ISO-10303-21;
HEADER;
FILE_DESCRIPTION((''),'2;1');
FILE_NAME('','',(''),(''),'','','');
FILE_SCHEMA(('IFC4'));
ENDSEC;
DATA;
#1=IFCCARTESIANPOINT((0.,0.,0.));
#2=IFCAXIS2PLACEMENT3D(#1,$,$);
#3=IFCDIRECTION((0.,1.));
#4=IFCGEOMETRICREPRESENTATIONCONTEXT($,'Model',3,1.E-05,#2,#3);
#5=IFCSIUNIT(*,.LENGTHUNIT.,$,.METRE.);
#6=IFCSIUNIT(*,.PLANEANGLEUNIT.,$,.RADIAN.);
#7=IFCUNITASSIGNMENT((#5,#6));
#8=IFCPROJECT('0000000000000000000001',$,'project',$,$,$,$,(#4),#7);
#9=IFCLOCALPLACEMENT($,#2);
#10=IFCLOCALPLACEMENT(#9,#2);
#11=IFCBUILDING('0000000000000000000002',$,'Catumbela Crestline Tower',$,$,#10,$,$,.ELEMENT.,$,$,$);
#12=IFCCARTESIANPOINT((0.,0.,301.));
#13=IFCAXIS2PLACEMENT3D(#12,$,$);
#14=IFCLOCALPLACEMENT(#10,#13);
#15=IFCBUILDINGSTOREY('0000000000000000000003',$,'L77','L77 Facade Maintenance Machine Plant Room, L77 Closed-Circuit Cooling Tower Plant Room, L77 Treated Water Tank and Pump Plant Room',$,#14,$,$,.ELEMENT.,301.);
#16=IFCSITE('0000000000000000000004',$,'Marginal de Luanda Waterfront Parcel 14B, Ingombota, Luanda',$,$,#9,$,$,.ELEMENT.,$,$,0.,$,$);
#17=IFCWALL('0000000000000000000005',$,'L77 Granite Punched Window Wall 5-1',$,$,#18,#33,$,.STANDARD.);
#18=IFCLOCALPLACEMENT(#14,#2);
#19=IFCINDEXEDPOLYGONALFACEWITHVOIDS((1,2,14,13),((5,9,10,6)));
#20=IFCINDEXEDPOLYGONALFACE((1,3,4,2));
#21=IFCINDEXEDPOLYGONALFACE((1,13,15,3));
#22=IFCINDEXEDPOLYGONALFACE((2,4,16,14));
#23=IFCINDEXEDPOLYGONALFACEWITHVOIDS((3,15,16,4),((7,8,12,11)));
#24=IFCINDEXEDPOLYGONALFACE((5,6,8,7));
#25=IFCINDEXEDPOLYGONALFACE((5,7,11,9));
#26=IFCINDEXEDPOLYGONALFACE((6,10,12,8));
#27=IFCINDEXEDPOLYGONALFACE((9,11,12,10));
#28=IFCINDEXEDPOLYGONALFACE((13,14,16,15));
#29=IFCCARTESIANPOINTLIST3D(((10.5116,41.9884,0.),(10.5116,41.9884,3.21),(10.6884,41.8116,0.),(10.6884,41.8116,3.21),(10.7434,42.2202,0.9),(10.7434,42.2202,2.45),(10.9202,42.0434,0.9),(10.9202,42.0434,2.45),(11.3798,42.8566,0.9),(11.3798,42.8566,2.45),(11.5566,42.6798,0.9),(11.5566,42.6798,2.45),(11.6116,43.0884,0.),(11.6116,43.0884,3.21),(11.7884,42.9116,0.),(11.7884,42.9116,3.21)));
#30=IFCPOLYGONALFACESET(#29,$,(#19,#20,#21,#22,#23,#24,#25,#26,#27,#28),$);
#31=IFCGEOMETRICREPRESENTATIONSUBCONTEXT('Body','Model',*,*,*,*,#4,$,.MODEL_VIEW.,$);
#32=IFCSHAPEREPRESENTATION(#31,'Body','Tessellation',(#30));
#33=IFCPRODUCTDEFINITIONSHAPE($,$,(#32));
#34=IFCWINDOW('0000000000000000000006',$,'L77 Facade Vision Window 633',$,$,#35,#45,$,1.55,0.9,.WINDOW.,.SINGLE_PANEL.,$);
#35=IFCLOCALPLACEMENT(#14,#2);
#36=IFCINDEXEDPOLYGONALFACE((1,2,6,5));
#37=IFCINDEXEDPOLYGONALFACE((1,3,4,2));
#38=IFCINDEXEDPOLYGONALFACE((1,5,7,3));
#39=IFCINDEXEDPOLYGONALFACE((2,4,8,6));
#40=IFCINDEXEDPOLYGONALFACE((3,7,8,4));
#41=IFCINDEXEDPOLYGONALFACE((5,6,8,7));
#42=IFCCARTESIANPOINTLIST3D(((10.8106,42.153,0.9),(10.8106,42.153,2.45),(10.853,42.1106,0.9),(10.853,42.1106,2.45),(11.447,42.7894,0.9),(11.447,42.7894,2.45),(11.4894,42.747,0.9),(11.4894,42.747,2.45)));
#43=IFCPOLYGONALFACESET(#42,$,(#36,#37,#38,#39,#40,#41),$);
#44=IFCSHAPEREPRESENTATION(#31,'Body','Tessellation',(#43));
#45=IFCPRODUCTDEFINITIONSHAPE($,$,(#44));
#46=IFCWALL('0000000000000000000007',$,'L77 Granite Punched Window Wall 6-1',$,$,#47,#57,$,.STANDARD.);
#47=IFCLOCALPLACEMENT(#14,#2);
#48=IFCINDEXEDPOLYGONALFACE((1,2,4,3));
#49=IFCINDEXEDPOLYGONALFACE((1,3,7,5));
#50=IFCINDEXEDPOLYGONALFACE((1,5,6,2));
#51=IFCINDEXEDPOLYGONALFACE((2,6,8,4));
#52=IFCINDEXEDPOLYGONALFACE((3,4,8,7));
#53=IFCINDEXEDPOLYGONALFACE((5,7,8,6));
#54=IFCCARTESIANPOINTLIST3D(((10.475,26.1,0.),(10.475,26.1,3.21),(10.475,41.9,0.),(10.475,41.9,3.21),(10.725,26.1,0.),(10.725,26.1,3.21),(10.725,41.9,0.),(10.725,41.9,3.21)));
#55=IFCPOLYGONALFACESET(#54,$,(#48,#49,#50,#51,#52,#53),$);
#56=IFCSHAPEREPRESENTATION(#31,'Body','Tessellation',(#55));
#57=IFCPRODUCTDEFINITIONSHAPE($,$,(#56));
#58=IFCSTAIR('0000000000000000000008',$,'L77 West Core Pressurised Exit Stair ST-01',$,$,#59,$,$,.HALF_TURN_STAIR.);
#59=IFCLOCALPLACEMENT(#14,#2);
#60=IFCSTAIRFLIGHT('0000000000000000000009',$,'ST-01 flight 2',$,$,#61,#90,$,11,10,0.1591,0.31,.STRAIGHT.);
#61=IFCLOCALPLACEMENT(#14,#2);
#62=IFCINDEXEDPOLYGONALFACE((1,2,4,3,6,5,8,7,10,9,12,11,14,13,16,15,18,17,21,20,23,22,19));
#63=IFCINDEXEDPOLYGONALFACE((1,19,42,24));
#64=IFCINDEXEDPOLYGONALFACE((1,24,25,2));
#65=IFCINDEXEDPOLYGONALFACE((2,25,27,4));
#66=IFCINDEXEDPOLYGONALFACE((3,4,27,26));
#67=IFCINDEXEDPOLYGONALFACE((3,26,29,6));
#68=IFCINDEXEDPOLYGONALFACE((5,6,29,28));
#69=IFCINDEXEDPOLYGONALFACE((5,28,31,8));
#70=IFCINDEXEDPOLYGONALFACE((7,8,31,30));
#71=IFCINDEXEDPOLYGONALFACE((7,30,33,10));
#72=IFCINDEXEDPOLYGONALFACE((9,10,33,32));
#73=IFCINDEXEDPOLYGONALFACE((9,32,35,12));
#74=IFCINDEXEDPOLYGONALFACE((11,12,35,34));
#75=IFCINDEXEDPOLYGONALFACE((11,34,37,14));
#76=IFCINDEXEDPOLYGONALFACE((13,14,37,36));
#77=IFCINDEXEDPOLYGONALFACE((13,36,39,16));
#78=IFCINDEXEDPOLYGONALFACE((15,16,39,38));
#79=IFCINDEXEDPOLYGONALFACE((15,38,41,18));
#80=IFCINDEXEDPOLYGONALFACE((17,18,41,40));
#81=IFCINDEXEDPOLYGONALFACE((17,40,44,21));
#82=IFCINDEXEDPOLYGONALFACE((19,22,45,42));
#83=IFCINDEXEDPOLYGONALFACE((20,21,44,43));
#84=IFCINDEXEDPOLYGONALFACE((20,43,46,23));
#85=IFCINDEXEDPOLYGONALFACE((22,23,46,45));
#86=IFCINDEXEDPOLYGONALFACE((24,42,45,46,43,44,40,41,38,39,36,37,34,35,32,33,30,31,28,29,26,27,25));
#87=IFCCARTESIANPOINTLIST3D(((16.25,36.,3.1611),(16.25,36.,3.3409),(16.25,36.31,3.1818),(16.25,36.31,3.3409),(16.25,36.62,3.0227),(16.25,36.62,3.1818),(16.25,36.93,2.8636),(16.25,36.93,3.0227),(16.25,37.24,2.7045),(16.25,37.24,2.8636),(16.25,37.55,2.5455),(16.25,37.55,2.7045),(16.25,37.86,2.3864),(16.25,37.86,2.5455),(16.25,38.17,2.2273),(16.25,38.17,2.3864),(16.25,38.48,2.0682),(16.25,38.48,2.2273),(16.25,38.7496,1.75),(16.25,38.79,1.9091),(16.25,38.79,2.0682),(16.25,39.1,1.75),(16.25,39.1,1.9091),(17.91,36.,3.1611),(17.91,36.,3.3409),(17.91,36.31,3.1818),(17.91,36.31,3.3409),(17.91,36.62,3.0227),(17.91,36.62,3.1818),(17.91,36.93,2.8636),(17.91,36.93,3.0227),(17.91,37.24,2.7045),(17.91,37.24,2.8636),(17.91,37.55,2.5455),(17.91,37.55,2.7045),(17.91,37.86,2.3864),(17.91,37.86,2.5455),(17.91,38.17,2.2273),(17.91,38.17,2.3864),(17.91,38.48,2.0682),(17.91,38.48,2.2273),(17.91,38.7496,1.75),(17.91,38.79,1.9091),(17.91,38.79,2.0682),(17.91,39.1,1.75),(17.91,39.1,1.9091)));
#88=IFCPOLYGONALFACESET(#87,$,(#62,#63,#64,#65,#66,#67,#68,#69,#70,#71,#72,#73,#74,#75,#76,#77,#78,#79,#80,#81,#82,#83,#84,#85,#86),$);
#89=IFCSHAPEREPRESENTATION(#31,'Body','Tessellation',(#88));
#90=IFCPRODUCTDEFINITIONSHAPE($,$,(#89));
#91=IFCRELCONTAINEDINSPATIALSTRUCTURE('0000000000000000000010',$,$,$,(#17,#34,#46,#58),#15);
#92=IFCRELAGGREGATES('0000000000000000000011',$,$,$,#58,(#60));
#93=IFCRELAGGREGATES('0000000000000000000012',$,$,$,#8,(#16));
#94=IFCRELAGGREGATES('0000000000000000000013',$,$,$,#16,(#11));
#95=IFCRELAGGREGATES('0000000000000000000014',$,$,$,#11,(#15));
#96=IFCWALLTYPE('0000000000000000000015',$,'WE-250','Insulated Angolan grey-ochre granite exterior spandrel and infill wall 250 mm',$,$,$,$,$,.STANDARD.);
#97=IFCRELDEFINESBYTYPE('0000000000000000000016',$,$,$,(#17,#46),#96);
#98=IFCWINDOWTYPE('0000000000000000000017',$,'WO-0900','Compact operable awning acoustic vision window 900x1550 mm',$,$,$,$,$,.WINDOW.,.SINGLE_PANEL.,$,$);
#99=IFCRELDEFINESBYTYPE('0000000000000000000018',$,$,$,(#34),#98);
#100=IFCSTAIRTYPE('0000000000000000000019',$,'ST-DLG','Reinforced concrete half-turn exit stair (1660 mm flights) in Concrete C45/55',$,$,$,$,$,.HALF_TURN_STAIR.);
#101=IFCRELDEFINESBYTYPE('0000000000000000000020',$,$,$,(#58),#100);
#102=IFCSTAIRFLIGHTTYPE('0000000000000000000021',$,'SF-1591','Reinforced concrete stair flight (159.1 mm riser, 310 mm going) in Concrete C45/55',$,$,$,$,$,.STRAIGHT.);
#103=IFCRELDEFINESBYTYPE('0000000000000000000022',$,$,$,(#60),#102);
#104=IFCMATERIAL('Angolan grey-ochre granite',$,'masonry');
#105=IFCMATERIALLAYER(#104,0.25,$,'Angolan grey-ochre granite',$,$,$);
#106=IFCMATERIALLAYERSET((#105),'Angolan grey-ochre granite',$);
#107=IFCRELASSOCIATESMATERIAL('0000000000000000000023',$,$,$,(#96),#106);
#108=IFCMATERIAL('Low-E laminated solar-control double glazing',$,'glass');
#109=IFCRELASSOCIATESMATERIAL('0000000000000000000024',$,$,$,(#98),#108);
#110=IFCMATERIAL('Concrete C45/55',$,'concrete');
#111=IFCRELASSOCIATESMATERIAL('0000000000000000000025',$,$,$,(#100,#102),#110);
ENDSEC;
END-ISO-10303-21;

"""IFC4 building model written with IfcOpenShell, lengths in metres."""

from ifc_helpers import new_model, si_unit, direction, frame, frame_2d, origin, place, context, subcontext, project, spatial, polyline, rectangle, outline, extrude, material, layer, layer_set, type_object, element, fill, aggregate, save


model = new_model("IFC4")

# Units and contexts
model_context = context("Model", 3, precision=1e-05, world=origin(), true_north=direction((0.0, 1.0)))
body_context = subcontext(model_context, "Body", "Model", "MODEL_VIEW")
ifc_project = project(units=[si_unit("LENGTHUNIT", "METRE"), si_unit("PLANEANGLEUNIT", "RADIAN")], contexts=[model_context])

# Site, building, storey
site_placement = place(None, origin())
site = spatial("IfcSite", under=ifc_project, at=site_placement, Name="Marginal de Luanda Waterfront Parcel 14B, Ingombota, Luanda", CompositionType="ELEMENT", RefElevation=0.0)
building_placement = place(site_placement, origin())
building = spatial("IfcBuilding", under=site, at=building_placement, Name="Catumbela Crestline Tower", CompositionType="ELEMENT")
storey_placement = place(building_placement, frame((0.0, 0.0, 301.0)))
storey = spatial("IfcBuildingStorey", under=building, at=storey_placement, Name="L77", Description="L77 Facade Maintenance Machine Plant Room, L77 Closed-Circuit Cooling Tower Plant Room, L77 Treated Water Tank and Pump Plant Room", CompositionType="ELEMENT", Elevation=301.0)

# Shared definitions
ifc_material_1 = material(Name="Concrete C45/55", Category="concrete")
ifc_material_2 = material(Name="Low-E laminated solar-control double glazing", Category="glass")

# Wall, opening, window
ifc_material_3 = material(Name="Angolan grey-ochre granite", Category="masonry")
ifc_layer_1 = layer(ifc_material_3, 0.25, Name="Angolan grey-ochre granite")
ifc_layer_set_1 = layer_set([ifc_layer_1], Name="Angolan grey-ochre granite")
wall_type_1 = type_object("IfcWallType", Name="WE-250", Description="Insulated Angolan grey-ochre granite exterior spandrel and infill wall 250 mm", PredefinedType="STANDARD", material=ifc_layer_set_1)
wall_1_placement = place(storey_placement, frame((11.7, 43.0, 0.0), z_axis=(0.0, 0.0, 1.0), x_axis=(-0.707107, -0.707107, 0.0)))
wall_1 = element("IfcWall", 1, at=wall_1_placement, inside=storey, type_object=wall_type_1, Name="L77 Granite Punched Window Wall 5-1", PredefinedType="STANDARD", context=body_context, shape_type="SweptSolid", body=[
    extrude(rectangle(XDim=1.5556, YDim=0.25, at=frame_2d((0.7778, 0.0))), origin(), (0.0, 0.0, 1.0), 3.21),
])
opening_1_placement = place(wall_1_placement, frame((0.3278, 0.0, 0.9)))
opening_1 = element("IfcOpeningElement", 2, at=opening_1_placement, cuts=wall_1, PredefinedType="OPENING", context=body_context, shape_type="SweptSolid", body=[
    extrude(rectangle(XDim=0.9, YDim=1.55, at=frame_2d((0.45, 0.775))), frame((0.0, 0.135, 0.0), z_axis=(0.0, -1.0, 0.0), x_axis=(1.0, 0.0, 0.0)), (0.0, 0.0, 1.0), 0.27),
])
window_type_1 = type_object("IfcWindowType", Name="WO-0900", Description="Compact operable awning acoustic vision window 900x1550 mm", PartitioningType="SINGLE_PANEL", PredefinedType="WINDOW", material=ifc_material_2)
window_1_placement = place(opening_1_placement, origin())
window_1 = element("IfcWindow", 3, at=window_1_placement, inside=storey, type_object=window_type_1, Name="L77 Facade Vision Window 633", OverallHeight=1.55, OverallWidth=0.9, PartitioningType="SINGLE_PANEL", PredefinedType="WINDOW", context=body_context, shape_type="SweptSolid", body=[
    extrude(rectangle(XDim=0.9, YDim=1.55, at=frame_2d((0.45, 0.775))), frame((0.0, 0.03, 0.0), z_axis=(0.0, -1.0, 0.0), x_axis=(1.0, 0.0, 0.0)), (0.0, 0.0, 1.0), 0.06),
])
fill(opening_1, window_1)

# Wall
wall_2_placement = place(storey_placement, frame((10.6, 41.9, 0.0), z_axis=(0.0, 0.0, 1.0), x_axis=(0.0, -1.0, 0.0)))
element("IfcWall", 4, at=wall_2_placement, inside=storey, type_object=wall_type_1, Name="L77 Granite Punched Window Wall 6-1", PredefinedType="STANDARD", context=body_context, shape_type="SweptSolid", body=[
    extrude(rectangle(XDim=15.8, YDim=0.25, at=frame_2d((7.9, 0.0))), origin(), (0.0, 0.0, 1.0), 3.21),
])

# Stair, stair flight
stair_type = type_object("IfcStairType", Name="ST-DLG", Description="Reinforced concrete half-turn exit stair (1660 mm flights) in Concrete C45/55", PredefinedType="HALF_TURN_STAIR", material=ifc_material_1)
stair_placement = place(storey_placement, origin())
stair = element("IfcStair", 5, at=stair_placement, inside=storey, type_object=stair_type, Name="L77 West Core Pressurised Exit Stair ST-01", PredefinedType="HALF_TURN_STAIR")
stair_flight_type = type_object("IfcStairFlightType", Name="SF-1591", Description="Reinforced concrete stair flight (159.1 mm riser, 310 mm going) in Concrete C45/55", PredefinedType="STRAIGHT", material=ifc_material_1)
stair_flight_placement = place(storey_placement, frame((17.08, 39.1, 1.75), z_axis=(0.0, 0.0, 1.0), x_axis=(0.0, -1.0, 0.0)))
stair_flight = element("IfcStairFlight", 6, at=stair_flight_placement, type_object=stair_flight_type, Name="ST-01 flight 2", NumberOfRisers=11, NumberOfTreads=10, PredefinedType="STRAIGHT", RiserHeight=0.1591, TreadLength=0.31, context=body_context, shape_type="SweptSolid", body=[
    extrude(outline(polyline([(0.0, 0.0), (0.0, 0.1591), (0.31, 0.1591), (0.31, 0.3182), (0.62, 0.3182), (0.62, 0.4773), (0.93, 0.4773), (0.93, 0.6364), (1.24, 0.6364), (1.24, 0.7955), (1.55, 0.7955), (1.55, 0.9545), (1.86, 0.9545), (1.86, 1.1136), (2.17, 1.1136), (2.17, 1.2727), (2.48, 1.2727), (2.48, 1.4318), (2.79, 1.4318), (2.79, 1.5909), (3.1, 1.5909), (3.1, 1.75), (3.1, 1.4111), (0.3504, 0.0), (0.0, 0.0)])), frame((0.0, 0.83, 0.0), z_axis=(0.0, -1.0, 0.0), x_axis=(1.0, 0.0, 0.0)), (0.0, 0.0, 1.0), 1.66),
])
aggregate(stair, [stair_flight])

save(model, "model.ifc")
